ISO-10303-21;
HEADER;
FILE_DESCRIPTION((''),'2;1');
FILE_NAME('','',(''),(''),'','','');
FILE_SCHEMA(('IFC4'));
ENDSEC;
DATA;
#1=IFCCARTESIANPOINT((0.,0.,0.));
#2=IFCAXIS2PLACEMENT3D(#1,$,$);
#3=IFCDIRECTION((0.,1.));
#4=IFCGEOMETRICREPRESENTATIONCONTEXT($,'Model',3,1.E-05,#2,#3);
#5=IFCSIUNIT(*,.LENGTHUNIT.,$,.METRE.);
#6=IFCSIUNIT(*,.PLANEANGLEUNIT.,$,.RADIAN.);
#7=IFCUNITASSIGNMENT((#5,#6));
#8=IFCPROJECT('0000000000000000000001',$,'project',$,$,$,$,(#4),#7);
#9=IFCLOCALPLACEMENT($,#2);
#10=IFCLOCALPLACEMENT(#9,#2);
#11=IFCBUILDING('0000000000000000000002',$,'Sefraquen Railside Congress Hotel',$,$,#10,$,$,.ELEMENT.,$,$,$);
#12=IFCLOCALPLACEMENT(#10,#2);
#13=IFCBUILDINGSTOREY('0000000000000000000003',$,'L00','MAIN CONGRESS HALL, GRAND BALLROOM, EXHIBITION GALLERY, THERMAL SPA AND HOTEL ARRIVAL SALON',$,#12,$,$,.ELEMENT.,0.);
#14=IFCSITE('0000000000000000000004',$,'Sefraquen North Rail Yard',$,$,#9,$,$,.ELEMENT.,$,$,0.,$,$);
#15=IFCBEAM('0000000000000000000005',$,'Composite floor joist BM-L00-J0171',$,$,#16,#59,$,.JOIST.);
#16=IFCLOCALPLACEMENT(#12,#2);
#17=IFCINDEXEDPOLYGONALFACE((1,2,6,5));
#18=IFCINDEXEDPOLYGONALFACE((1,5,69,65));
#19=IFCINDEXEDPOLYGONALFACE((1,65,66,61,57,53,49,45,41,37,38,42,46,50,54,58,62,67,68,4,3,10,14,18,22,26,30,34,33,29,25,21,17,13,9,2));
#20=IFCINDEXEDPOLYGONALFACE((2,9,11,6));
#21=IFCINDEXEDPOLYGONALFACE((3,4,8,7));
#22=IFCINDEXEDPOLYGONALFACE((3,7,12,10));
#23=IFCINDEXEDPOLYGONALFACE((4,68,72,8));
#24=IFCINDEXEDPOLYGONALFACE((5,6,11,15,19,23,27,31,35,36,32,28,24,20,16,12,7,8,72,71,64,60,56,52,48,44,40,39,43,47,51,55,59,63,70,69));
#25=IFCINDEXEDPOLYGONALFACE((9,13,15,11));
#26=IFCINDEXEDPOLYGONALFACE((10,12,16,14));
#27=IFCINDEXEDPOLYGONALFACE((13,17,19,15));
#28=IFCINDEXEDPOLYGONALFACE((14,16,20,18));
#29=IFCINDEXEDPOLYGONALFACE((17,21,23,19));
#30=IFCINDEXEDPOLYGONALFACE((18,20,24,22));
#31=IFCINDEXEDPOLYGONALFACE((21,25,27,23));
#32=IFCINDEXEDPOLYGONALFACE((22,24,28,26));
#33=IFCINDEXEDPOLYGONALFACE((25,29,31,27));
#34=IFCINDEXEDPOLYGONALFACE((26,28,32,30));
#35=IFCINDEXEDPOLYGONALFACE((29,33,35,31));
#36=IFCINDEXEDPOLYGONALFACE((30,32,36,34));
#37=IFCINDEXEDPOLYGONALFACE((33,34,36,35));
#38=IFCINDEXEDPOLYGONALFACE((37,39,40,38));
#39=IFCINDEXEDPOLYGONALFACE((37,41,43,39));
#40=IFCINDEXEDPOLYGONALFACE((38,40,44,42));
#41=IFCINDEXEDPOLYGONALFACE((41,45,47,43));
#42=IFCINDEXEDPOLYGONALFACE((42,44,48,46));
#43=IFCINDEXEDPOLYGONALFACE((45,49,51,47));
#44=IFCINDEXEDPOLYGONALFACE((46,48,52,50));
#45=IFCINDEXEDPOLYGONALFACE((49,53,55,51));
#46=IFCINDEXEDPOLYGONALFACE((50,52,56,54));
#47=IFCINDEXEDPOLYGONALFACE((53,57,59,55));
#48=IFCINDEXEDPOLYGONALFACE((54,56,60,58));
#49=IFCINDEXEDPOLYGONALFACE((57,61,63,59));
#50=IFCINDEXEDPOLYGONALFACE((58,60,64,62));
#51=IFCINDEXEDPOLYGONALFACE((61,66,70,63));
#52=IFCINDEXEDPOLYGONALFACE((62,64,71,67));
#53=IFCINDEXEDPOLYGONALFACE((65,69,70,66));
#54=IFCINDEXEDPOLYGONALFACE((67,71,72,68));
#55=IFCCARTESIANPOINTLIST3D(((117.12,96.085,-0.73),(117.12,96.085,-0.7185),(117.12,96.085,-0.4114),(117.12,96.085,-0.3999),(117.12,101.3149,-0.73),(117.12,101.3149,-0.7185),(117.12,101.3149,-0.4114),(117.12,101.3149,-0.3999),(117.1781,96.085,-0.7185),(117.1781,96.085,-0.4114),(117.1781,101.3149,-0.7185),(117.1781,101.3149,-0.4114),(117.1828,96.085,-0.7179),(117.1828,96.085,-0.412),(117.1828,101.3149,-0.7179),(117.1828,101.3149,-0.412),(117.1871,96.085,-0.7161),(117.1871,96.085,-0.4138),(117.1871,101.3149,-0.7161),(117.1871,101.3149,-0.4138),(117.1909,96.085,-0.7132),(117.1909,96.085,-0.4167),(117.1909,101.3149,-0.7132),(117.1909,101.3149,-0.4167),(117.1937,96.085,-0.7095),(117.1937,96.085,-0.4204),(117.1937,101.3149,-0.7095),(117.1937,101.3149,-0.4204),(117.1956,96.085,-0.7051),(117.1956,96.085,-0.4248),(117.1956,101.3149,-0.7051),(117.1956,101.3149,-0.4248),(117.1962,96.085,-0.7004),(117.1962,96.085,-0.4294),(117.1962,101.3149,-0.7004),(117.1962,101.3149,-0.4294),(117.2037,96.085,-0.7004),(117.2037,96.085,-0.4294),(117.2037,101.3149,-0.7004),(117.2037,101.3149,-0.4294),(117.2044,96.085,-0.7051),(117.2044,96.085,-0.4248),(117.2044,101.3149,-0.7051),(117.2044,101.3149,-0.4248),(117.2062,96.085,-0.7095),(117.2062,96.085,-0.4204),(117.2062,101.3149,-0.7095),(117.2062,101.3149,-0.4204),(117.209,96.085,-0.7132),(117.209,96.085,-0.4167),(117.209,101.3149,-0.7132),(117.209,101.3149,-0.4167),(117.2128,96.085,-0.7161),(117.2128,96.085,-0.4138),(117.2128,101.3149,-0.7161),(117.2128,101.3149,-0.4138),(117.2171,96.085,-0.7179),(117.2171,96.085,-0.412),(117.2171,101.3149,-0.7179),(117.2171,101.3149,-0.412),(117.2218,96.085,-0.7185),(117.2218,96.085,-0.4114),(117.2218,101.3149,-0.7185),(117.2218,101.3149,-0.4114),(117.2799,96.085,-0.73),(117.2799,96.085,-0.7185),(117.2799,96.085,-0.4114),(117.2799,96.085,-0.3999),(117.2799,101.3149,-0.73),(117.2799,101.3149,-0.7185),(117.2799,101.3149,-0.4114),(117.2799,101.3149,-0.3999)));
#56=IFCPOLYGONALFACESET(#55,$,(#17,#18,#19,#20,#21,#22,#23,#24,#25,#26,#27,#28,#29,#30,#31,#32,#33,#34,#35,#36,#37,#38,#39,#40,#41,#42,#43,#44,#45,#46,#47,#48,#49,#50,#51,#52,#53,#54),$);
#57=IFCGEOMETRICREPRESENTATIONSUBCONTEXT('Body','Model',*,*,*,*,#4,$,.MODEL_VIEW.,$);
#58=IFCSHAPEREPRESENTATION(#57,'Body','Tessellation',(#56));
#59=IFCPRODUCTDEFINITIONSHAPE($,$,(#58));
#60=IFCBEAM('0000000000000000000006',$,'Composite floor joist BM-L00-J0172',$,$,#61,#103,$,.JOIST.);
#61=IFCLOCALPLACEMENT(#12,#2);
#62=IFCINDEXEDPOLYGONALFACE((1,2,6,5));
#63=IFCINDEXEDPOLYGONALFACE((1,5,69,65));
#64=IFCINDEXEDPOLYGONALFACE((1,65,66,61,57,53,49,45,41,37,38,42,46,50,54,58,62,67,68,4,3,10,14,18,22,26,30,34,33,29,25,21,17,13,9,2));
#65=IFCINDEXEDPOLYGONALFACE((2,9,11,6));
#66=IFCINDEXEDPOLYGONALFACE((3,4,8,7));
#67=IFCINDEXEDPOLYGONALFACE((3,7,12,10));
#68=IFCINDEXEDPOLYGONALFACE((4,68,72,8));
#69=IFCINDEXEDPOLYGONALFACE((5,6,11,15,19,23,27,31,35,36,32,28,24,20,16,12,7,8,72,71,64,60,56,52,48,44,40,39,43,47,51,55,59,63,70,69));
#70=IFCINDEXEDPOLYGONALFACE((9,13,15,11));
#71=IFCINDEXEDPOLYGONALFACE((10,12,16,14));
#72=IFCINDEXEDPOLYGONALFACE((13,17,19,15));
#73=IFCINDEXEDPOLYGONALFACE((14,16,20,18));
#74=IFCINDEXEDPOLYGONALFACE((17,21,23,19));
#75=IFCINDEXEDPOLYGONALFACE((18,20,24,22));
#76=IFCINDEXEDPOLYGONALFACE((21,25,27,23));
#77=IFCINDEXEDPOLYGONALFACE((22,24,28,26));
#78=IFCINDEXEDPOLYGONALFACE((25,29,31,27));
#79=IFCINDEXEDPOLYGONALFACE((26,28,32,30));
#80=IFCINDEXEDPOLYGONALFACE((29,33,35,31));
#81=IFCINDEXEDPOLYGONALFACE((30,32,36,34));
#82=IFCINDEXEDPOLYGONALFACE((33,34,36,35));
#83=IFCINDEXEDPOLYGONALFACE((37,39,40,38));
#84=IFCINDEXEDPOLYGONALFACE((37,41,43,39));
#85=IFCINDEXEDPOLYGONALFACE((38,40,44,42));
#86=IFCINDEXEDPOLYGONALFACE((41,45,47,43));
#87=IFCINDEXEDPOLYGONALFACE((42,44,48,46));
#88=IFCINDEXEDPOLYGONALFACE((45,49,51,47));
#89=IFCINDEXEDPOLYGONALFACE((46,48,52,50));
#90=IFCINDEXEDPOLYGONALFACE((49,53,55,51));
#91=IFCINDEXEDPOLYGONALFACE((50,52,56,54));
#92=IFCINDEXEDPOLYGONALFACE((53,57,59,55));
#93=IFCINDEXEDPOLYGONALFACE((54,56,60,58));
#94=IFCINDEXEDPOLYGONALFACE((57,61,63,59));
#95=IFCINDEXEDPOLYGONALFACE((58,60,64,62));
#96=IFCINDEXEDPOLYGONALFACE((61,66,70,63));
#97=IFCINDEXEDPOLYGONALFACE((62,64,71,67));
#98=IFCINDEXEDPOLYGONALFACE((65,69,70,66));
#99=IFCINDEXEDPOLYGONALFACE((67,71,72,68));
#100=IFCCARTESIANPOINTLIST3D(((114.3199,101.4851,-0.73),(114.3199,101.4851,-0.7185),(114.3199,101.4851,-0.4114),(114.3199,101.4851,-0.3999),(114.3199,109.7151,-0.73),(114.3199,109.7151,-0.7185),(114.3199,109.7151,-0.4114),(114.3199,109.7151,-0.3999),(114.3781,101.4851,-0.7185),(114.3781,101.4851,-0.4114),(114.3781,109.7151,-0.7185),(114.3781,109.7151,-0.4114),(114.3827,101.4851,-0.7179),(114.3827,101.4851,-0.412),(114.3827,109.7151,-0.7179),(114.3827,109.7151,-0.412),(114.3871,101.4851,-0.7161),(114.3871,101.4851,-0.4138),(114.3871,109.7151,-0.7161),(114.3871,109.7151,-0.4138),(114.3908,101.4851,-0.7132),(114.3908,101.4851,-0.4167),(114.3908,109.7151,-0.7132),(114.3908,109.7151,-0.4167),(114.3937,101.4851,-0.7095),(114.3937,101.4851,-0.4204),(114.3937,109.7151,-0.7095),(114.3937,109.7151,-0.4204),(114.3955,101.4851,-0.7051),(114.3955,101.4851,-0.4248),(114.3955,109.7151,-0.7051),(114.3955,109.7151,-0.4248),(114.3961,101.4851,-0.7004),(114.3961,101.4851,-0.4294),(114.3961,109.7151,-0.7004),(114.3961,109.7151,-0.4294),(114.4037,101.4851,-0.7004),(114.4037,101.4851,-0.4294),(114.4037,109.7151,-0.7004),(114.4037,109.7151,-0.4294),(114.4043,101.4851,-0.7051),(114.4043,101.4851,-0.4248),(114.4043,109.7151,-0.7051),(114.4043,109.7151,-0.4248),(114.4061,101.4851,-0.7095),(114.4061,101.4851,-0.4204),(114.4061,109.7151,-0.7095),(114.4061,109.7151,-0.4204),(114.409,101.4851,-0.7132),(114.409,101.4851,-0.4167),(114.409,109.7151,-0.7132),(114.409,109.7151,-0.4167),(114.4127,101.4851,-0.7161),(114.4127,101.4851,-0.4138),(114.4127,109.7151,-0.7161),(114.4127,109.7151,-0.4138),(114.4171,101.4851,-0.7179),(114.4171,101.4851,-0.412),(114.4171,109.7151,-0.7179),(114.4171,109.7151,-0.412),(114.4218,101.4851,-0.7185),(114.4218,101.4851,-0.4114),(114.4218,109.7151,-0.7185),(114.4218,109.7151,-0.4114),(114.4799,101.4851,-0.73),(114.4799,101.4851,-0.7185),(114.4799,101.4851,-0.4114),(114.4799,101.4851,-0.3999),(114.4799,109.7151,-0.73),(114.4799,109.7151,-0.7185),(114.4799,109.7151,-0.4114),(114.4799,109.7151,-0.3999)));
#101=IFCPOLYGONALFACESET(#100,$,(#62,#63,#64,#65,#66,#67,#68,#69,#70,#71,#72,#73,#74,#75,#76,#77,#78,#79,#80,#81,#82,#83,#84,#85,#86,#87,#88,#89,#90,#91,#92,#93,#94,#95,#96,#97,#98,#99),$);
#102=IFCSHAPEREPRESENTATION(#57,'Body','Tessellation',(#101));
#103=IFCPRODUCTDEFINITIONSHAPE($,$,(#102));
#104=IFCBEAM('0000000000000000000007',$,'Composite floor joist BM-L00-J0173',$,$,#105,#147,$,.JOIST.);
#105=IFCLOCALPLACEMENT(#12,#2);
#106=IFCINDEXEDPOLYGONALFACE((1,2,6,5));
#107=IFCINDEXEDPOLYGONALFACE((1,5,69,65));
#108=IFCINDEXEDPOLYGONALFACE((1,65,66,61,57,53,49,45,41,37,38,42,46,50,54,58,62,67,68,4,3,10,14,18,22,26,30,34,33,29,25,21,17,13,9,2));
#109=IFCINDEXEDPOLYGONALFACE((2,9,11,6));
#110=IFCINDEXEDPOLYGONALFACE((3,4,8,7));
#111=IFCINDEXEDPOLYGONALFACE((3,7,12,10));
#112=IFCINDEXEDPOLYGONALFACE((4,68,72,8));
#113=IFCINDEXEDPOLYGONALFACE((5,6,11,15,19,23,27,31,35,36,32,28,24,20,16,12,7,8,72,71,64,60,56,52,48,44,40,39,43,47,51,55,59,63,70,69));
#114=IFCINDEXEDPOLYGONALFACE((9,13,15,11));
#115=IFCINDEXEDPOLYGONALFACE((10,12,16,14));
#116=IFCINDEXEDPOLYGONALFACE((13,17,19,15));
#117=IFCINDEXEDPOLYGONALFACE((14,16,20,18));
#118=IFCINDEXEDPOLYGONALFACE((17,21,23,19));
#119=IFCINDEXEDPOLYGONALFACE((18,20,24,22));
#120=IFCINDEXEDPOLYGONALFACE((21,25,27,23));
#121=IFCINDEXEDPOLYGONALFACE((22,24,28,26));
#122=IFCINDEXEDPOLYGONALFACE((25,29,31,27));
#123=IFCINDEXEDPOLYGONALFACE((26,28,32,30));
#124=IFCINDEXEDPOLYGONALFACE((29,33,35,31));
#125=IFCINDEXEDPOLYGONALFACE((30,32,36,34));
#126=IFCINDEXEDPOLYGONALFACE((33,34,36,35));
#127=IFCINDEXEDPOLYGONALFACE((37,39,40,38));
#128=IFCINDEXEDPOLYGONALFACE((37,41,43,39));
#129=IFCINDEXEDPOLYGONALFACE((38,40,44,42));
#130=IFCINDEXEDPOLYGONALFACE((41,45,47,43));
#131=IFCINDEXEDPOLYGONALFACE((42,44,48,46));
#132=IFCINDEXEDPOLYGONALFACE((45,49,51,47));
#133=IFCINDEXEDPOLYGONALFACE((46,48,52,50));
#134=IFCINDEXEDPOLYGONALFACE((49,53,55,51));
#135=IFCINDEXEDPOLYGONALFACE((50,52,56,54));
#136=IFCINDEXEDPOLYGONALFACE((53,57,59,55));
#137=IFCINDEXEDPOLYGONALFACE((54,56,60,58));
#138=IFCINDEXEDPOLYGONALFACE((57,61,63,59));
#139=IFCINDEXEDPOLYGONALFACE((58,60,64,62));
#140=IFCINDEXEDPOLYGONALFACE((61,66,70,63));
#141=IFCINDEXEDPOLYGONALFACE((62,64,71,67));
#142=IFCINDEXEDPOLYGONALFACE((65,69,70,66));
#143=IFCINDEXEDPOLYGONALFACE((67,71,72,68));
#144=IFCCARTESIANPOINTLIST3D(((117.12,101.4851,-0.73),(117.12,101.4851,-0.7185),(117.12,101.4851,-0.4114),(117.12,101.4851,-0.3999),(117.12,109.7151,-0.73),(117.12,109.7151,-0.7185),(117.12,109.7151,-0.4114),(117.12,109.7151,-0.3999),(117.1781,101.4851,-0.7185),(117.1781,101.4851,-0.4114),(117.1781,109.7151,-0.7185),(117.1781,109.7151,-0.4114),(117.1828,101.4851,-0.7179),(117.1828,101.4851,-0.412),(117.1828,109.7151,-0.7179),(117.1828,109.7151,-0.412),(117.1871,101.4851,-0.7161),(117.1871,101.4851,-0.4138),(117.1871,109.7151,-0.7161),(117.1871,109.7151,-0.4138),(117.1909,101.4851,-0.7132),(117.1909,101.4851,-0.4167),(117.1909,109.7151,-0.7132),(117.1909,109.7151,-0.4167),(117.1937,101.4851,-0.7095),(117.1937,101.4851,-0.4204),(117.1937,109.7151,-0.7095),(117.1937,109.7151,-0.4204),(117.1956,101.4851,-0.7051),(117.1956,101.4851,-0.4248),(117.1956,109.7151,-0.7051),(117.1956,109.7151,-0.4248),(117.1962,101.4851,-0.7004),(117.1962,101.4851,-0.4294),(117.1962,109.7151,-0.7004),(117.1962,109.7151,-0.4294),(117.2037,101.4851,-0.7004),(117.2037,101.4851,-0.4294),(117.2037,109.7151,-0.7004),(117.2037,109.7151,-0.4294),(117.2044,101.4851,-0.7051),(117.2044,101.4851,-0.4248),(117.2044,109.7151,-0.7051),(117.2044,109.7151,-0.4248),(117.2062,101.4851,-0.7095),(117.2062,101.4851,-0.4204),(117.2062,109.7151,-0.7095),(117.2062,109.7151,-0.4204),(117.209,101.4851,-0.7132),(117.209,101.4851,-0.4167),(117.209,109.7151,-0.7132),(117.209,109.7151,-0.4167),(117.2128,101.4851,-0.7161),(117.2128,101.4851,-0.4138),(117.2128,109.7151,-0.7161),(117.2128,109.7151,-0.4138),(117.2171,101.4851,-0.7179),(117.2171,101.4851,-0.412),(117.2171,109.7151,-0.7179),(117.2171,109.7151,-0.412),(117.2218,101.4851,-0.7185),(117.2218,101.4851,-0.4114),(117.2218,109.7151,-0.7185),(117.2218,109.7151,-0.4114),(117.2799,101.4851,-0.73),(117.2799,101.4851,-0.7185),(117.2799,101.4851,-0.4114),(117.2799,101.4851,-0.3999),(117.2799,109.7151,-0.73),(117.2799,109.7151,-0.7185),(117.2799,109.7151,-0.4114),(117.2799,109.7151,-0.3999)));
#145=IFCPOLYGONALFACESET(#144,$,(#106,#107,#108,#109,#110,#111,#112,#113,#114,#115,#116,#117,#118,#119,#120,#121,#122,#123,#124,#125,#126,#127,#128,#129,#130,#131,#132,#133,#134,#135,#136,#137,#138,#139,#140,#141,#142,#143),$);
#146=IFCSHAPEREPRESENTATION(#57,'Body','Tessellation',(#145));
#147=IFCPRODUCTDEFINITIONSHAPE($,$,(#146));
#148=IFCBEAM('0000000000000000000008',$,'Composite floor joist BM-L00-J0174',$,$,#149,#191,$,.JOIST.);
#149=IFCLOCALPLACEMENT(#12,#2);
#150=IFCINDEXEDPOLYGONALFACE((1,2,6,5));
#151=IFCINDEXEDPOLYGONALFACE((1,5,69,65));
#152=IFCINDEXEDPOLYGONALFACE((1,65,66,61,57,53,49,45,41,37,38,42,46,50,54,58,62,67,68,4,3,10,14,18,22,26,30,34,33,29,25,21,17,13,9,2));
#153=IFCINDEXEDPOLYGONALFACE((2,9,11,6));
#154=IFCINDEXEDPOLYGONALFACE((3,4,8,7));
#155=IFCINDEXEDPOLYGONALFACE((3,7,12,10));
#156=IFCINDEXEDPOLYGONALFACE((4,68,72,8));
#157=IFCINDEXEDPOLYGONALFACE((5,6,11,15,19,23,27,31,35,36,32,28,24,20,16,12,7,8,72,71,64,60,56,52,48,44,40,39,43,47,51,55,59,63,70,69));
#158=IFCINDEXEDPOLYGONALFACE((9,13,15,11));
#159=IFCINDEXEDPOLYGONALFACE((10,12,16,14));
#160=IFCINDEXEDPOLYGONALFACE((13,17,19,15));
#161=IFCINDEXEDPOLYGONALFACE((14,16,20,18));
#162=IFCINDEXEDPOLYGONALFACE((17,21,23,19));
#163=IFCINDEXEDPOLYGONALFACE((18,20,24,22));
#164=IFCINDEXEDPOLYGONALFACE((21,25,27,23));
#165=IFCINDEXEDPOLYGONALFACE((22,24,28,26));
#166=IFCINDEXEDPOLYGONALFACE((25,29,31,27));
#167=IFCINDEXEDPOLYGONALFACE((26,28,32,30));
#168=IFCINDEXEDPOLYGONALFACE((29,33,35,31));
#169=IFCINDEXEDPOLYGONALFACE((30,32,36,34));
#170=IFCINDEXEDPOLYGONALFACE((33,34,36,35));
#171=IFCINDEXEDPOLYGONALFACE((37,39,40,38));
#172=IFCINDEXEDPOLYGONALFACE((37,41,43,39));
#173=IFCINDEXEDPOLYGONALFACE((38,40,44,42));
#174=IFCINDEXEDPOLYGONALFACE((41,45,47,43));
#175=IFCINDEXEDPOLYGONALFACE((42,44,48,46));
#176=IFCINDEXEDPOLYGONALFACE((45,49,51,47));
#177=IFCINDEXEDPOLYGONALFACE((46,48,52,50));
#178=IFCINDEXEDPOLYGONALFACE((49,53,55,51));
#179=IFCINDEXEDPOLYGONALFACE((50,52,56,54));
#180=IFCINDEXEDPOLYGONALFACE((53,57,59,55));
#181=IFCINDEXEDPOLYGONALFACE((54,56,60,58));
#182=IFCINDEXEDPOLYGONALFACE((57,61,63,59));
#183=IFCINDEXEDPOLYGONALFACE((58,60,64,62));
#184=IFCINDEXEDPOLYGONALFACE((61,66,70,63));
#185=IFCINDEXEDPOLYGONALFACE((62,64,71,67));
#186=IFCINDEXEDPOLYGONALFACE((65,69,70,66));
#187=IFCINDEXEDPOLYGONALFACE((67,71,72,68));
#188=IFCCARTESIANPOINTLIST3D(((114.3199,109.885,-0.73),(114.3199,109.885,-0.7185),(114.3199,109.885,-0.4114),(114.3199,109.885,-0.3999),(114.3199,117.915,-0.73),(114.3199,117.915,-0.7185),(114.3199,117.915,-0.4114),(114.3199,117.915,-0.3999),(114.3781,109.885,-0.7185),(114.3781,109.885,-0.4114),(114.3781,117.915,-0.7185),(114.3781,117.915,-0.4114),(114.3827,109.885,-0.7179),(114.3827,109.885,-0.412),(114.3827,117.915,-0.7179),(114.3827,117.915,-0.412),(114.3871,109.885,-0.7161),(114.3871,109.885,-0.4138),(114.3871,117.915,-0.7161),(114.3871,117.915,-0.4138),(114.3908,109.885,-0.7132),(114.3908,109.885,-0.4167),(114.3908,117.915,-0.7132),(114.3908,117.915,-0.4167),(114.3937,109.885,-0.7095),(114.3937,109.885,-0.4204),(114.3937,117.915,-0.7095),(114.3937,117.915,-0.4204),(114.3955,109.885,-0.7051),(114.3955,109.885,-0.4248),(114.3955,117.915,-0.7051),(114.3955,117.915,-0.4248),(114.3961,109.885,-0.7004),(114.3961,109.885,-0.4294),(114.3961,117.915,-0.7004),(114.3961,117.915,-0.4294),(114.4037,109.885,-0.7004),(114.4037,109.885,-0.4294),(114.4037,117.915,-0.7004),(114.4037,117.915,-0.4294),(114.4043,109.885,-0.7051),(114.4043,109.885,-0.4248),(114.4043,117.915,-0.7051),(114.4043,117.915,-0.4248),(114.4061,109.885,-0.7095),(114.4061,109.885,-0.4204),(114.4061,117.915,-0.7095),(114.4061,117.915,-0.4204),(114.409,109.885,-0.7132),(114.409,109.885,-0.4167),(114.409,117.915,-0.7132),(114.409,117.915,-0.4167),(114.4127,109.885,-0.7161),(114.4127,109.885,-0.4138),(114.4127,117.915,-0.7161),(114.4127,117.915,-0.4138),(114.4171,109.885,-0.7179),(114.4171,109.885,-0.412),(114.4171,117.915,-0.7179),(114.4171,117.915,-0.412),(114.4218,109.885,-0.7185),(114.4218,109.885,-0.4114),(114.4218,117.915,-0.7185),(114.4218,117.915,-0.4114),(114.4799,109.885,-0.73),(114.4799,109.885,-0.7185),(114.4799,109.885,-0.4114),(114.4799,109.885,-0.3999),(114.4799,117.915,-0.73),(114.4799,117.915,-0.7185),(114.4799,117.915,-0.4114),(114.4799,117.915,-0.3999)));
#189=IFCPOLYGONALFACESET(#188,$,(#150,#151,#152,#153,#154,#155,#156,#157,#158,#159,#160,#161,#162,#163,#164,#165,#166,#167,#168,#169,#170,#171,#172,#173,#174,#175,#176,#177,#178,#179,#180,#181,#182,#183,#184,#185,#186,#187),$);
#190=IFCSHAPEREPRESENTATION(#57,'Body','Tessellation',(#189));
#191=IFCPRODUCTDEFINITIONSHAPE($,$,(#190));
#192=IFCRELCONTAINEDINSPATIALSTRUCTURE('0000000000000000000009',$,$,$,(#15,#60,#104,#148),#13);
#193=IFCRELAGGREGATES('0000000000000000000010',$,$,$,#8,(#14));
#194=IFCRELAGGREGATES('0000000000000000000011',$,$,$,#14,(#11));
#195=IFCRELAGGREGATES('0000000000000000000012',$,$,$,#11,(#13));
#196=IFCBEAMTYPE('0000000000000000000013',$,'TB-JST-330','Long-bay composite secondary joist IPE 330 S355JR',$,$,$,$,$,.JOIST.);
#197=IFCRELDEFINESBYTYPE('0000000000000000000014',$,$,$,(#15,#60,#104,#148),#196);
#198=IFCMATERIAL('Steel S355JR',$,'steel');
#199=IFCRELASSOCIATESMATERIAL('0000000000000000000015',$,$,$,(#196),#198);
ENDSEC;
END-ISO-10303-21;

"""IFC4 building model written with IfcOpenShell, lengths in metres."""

from ifc_helpers import new_model, si_unit, direction, frame, origin, origin_2d, place, context, subcontext, project, spatial, i_section, extrude, material, material_profile, profile_set, type_object, element, save


model = new_model("IFC4")

# Units and contexts
model_context = context("Model", 3, precision=1e-05, world=origin(), true_north=direction((0.0, 1.0)))
body_context = subcontext(model_context, "Body", "Model", "MODEL_VIEW")
ifc_project = project(units=[si_unit("LENGTHUNIT", "METRE"), si_unit("PLANEANGLEUNIT", "RADIAN")], contexts=[model_context])

# Site, building, storey
site_placement = place(None, origin())
site = spatial("IfcSite", under=ifc_project, at=site_placement, Name="Sefraquen North Rail Yard", CompositionType="ELEMENT", RefElevation=0.0)
building_placement = place(site_placement, origin())
building = spatial("IfcBuilding", under=site, at=building_placement, Name="Sefraquen Railside Congress Hotel", CompositionType="ELEMENT")
storey_placement = place(building_placement, origin())
storey = spatial("IfcBuildingStorey", under=building, at=storey_placement, Name="L00", Description="MAIN CONGRESS HALL, GRAND BALLROOM, EXHIBITION GALLERY, THERMAL SPA AND HOTEL ARRIVAL SALON", CompositionType="ELEMENT", Elevation=0.0)

# Shared definitions
ifc_material_1 = material(Name="Steel S355JR", Category="steel")

# Beams
ifc_material_profile_1 = material_profile(ifc_material_1, i_section(OverallWidth=0.1599, OverallDepth=0.3301, WebThickness=0.0076, FlangeThickness=0.0115, FilletRadius=0.0181, at=origin_2d()), Name="IPE 330")
ifc_profile_set_1 = profile_set([ifc_material_profile_1], Name="Steel S355JR")
beam_type_1 = type_object("IfcBeamType", Name="TB-JST-330", Description="Long-bay composite secondary joist IPE 330 S355JR", PredefinedType="JOIST", material=ifc_profile_set_1)
for number, where, z_axis, x_axis, name in (
    (1, (117.2, 96.085, -0.5649), (0.0, 1.0, 0.0), (-1.0, 0.0, 0.0), "Composite floor joist BM-L00-J0171"),
):
    element("IfcBeam", number, at=place(storey_placement, frame(where, z_axis=z_axis, x_axis=x_axis)), inside=storey, type_object=beam_type_1, Name=name, PredefinedType="JOIST", context=body_context, shape_type="SweptSolid", body=[
        extrude(i_section(OverallWidth=0.1599, OverallDepth=0.3301, WebThickness=0.0076, FlangeThickness=0.0115, FilletRadius=0.0181, at=origin_2d()), origin(), (0.0, 0.0, 1.0), 5.23),
    ])
for number, where, z_axis, x_axis, name in (
    (2, (114.3999, 101.4851, -0.5649), (0.0, 1.0, 0.0), (-1.0, 0.0, 0.0), "Composite floor joist BM-L00-J0172"),
    (3, (117.2, 101.4851, -0.5649), (0.0, 1.0, 0.0), (-1.0, 0.0, 0.0), "Composite floor joist BM-L00-J0173"),
):
    element("IfcBeam", number, at=place(storey_placement, frame(where, z_axis=z_axis, x_axis=x_axis)), inside=storey, type_object=beam_type_1, Name=name, PredefinedType="JOIST", context=body_context, shape_type="SweptSolid", body=[
        extrude(i_section(OverallWidth=0.1599, OverallDepth=0.3301, WebThickness=0.0076, FlangeThickness=0.0115, FilletRadius=0.0181, at=origin_2d()), origin(), (0.0, 0.0, 1.0), 8.23),
    ])
for number, where, z_axis, x_axis, name in (
    (4, (114.3999, 109.885, -0.5649), (0.0, 1.0, 0.0), (-1.0, 0.0, 0.0), "Composite floor joist BM-L00-J0174"),
):
    element("IfcBeam", number, at=place(storey_placement, frame(where, z_axis=z_axis, x_axis=x_axis)), inside=storey, type_object=beam_type_1, Name=name, PredefinedType="JOIST", context=body_context, shape_type="SweptSolid", body=[
        extrude(i_section(OverallWidth=0.1599, OverallDepth=0.3301, WebThickness=0.0076, FlangeThickness=0.0115, FilletRadius=0.0181, at=origin_2d()), origin(), (0.0, 0.0, 1.0), 8.03),
    ])

save(model, "model.ifc")
